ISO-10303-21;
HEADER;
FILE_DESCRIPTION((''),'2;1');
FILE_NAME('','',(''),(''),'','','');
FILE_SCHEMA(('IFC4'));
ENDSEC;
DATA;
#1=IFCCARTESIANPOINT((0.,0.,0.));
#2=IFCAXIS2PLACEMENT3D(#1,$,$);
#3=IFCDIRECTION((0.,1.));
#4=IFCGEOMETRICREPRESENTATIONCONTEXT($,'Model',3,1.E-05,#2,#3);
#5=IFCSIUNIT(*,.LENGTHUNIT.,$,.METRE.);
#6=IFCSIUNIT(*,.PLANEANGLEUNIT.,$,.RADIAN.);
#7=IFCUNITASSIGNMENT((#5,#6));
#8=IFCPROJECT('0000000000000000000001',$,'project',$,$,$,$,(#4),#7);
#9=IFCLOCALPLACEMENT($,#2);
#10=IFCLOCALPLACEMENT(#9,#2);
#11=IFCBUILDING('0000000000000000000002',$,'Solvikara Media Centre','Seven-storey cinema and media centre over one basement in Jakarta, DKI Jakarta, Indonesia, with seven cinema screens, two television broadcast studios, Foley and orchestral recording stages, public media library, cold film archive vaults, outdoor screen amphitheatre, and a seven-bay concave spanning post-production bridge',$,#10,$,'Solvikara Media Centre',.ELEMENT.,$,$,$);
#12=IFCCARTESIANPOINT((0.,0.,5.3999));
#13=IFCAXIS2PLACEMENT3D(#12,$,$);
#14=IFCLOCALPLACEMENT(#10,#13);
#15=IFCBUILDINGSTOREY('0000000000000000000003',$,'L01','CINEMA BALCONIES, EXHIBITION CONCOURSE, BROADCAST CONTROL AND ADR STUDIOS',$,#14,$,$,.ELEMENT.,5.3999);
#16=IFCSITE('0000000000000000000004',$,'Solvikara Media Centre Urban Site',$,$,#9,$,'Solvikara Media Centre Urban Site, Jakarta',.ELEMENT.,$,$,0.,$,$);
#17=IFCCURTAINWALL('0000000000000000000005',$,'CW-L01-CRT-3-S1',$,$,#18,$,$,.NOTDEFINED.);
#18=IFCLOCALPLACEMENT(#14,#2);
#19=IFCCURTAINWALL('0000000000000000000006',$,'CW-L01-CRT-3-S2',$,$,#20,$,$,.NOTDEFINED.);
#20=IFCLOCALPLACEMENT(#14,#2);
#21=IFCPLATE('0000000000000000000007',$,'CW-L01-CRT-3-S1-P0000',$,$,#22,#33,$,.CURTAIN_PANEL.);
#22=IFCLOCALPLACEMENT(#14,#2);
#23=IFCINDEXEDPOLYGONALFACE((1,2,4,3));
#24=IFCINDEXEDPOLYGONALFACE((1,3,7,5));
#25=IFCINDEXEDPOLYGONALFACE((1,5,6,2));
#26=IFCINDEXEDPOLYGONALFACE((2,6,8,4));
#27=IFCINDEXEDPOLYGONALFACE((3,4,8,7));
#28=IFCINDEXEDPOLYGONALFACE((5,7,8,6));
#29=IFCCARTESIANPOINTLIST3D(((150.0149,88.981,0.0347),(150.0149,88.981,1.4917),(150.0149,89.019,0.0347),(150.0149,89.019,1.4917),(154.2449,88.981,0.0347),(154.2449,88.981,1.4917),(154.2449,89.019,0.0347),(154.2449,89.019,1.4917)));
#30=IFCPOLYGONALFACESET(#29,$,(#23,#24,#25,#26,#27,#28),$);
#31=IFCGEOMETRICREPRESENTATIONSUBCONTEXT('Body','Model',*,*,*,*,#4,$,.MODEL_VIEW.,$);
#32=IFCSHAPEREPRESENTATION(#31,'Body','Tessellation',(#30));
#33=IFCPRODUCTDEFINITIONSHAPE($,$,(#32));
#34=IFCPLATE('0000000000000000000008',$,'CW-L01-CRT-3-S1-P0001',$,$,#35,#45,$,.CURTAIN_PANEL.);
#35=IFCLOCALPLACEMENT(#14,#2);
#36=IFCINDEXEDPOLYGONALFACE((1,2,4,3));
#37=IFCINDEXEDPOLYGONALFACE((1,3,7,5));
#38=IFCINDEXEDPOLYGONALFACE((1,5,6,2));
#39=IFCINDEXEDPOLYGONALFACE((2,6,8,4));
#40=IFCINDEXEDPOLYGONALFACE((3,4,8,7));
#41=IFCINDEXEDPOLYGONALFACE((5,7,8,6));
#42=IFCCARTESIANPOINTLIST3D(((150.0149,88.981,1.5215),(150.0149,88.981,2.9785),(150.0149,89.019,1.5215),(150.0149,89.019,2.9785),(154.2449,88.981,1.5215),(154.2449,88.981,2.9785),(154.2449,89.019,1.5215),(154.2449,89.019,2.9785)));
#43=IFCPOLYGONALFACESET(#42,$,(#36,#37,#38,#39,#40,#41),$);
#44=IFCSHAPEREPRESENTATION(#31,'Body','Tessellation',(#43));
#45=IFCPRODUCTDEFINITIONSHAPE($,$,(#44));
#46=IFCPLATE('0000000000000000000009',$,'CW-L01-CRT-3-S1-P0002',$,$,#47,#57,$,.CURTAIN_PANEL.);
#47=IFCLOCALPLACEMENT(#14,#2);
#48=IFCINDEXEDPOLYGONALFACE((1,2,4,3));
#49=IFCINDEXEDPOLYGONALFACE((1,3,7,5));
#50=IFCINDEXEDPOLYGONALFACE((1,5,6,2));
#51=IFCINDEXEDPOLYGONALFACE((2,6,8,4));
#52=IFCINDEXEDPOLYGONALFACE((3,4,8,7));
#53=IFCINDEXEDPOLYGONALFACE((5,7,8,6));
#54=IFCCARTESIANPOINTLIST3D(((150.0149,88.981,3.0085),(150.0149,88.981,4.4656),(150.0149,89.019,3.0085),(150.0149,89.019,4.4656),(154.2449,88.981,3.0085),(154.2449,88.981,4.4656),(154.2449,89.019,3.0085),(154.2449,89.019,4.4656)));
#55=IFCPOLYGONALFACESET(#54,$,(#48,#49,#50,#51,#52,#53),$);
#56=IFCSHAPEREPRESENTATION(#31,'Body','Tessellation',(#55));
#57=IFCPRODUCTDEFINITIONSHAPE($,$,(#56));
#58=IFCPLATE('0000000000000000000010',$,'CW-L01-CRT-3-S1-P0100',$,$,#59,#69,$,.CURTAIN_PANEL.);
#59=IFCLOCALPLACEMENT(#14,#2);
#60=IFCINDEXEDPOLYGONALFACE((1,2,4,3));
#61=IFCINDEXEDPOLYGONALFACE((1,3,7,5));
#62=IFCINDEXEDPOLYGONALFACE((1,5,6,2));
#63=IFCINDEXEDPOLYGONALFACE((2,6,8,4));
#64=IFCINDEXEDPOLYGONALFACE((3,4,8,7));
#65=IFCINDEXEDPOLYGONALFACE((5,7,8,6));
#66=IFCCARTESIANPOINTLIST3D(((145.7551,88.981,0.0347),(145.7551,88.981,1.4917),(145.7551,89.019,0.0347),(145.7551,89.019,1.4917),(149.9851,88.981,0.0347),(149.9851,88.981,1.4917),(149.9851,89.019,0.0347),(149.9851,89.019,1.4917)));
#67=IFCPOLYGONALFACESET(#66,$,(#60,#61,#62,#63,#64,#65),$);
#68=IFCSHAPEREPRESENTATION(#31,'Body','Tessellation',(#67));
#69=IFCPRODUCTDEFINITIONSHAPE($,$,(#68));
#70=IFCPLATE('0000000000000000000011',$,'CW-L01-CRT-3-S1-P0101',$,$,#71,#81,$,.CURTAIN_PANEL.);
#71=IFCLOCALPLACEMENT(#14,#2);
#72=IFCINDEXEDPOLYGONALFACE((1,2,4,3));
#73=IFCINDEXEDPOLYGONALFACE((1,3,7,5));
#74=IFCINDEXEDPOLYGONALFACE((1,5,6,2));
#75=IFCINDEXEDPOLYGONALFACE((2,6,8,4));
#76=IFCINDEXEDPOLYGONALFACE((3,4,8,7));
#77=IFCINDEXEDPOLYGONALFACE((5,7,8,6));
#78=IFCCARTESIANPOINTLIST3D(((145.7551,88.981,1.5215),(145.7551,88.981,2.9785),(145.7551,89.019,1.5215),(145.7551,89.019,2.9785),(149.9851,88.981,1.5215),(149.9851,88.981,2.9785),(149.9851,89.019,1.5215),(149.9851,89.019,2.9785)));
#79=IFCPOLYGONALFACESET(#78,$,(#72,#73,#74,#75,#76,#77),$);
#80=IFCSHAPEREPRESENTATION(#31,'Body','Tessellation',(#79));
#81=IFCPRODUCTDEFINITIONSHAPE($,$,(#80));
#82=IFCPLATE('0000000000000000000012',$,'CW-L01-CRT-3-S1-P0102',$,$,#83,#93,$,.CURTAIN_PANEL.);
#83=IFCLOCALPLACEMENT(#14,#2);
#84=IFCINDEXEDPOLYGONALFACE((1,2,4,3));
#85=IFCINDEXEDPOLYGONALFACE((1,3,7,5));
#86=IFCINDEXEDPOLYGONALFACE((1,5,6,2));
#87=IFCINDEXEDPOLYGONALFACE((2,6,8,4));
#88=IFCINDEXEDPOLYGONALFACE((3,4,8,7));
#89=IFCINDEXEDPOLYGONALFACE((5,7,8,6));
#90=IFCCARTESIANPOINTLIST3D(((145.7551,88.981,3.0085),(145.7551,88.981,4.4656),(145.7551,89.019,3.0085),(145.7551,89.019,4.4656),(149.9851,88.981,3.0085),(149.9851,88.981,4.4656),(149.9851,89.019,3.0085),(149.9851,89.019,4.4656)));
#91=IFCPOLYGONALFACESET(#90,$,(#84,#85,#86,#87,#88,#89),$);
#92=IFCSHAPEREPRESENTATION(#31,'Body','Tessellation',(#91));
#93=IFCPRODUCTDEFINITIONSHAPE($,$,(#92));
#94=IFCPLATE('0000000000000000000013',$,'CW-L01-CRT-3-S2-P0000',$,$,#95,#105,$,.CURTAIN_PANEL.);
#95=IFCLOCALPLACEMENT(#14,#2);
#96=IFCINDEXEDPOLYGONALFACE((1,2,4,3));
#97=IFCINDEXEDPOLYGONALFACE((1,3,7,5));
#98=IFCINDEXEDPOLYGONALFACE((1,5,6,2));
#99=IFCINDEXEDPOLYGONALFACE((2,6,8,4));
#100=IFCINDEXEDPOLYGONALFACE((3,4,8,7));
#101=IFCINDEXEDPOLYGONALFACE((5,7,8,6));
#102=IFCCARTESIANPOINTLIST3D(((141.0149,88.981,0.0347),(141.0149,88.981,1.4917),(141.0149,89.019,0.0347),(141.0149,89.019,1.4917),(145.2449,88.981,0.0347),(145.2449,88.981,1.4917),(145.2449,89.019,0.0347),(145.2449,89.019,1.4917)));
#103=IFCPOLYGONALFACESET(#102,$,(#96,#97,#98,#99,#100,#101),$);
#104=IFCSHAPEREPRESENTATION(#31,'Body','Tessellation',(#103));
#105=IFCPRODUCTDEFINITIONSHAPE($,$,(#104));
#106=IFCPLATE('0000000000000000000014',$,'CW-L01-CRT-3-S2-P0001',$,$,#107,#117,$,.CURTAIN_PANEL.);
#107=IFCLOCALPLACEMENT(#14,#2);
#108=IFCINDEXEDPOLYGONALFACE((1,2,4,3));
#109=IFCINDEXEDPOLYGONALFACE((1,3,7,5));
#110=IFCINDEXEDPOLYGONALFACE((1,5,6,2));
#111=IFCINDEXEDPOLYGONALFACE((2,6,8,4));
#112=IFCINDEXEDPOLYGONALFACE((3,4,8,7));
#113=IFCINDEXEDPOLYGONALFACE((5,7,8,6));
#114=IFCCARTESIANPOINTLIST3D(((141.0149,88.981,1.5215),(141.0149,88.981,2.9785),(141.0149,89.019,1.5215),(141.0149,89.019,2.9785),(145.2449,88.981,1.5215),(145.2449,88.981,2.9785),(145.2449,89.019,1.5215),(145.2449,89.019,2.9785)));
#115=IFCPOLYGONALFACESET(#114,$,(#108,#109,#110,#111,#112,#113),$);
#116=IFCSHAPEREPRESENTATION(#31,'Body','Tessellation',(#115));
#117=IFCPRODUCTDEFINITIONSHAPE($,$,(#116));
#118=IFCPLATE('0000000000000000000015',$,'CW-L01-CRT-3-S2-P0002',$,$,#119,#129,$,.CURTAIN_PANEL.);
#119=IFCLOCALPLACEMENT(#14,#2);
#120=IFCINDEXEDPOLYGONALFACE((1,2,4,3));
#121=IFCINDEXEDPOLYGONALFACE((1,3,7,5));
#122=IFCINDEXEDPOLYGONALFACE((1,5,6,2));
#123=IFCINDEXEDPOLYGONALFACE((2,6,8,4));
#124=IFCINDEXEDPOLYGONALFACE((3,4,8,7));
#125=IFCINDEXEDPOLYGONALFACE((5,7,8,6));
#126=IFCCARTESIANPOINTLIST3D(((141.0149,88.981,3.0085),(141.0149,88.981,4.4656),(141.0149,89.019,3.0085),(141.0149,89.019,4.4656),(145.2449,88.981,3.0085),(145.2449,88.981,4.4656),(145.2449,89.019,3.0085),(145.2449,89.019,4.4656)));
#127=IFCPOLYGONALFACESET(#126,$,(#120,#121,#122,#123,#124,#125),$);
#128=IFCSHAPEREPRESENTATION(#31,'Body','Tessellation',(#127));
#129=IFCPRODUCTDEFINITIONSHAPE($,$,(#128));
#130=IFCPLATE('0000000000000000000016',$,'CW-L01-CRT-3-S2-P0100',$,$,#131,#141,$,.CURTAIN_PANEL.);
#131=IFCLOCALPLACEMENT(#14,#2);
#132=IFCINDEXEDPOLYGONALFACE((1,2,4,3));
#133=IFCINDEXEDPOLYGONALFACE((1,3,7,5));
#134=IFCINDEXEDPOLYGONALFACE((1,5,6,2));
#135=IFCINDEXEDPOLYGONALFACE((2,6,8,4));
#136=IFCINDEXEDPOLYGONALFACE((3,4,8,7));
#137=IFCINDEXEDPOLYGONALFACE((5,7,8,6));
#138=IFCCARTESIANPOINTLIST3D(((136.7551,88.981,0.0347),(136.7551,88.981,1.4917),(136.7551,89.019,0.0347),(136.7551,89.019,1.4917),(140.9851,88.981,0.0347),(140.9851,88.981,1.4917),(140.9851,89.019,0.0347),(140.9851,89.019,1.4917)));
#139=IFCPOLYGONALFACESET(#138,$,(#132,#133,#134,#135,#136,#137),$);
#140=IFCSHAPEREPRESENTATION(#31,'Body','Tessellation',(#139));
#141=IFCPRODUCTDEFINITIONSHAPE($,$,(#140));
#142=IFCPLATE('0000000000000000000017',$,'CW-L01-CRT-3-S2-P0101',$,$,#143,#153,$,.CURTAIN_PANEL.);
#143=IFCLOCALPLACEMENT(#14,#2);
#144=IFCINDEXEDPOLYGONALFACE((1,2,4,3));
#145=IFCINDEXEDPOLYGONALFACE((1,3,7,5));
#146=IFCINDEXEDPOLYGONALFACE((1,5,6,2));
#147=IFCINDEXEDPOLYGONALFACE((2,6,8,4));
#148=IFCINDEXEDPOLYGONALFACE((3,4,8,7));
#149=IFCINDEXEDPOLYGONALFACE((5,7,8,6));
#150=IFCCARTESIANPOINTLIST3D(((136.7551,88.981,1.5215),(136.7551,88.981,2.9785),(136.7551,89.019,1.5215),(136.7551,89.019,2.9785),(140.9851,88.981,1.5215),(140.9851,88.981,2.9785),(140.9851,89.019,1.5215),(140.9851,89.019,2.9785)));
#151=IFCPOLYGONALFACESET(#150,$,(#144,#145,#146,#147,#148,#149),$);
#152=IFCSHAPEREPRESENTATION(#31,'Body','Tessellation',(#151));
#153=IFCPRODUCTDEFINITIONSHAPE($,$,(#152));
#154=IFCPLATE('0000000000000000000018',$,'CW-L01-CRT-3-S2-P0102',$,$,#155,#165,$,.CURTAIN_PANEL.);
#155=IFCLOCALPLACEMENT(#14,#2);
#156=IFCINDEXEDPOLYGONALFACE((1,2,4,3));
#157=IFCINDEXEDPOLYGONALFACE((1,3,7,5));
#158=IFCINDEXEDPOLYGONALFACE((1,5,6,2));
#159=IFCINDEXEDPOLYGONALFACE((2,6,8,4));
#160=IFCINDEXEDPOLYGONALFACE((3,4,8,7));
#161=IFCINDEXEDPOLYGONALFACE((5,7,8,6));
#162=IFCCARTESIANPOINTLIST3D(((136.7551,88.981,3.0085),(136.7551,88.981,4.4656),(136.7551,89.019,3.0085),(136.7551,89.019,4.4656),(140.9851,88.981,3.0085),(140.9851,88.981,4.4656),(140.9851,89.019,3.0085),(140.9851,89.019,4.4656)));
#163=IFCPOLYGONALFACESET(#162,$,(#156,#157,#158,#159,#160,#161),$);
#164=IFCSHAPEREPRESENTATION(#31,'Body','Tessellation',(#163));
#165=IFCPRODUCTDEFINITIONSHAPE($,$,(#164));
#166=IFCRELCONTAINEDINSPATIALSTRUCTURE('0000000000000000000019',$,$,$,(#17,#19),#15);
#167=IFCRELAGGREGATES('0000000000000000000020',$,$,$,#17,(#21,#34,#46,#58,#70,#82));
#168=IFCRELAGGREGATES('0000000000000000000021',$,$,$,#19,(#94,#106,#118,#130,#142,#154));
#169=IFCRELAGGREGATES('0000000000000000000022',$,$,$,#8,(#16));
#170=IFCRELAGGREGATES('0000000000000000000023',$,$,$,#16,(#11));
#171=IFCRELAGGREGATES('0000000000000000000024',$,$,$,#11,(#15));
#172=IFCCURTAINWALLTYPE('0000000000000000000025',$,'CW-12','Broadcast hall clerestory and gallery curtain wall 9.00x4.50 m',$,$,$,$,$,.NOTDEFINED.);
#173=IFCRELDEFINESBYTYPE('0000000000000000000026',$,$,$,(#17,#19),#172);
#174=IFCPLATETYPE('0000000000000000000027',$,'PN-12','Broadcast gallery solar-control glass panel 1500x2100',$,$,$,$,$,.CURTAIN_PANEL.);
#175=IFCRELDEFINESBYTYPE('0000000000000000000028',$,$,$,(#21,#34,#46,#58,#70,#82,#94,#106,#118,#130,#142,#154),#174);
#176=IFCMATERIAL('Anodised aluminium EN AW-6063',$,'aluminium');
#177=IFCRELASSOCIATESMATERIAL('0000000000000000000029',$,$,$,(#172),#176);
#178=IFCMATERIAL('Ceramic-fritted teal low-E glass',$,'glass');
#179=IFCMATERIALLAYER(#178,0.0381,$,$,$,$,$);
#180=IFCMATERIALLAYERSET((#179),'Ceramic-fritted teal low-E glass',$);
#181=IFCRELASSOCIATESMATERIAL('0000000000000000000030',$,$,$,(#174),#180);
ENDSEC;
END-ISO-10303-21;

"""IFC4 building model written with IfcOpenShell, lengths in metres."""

from ifc_helpers import new_model, si_unit, direction, frame, origin, origin_2d, place, context, subcontext, project, spatial, rectangle, extrude, material, layer, layer_set, type_object, element, aggregate, save


model = new_model("IFC4")

# Units and contexts
model_context = context("Model", 3, precision=1e-05, world=origin(), true_north=direction((0.0, 1.0)))
body_context = subcontext(model_context, "Body", "Model", "MODEL_VIEW")
ifc_project = project(units=[si_unit("LENGTHUNIT", "METRE"), si_unit("PLANEANGLEUNIT", "RADIAN")], contexts=[model_context])

# Site, building, storey
site_placement = place(None, origin())
site = spatial("IfcSite", under=ifc_project, at=site_placement, Name="Solvikara Media Centre Urban Site", LongName="Solvikara Media Centre Urban Site, Jakarta", CompositionType="ELEMENT", RefElevation=0.0)
building_placement = place(site_placement, origin())
building = spatial("IfcBuilding", under=site, at=building_placement, Name="Solvikara Media Centre", Description="Seven-storey cinema and media centre over one basement in Jakarta, DKI Jakarta, Indonesia, with seven cinema screens, two television broadcast studios, Foley and orchestral recording stages, public media library, cold film archive vaults, outdoor screen amphitheatre, and a seven-bay concave spanning post-production bridge", LongName="Solvikara Media Centre", CompositionType="ELEMENT")
storey_placement = place(building_placement, frame((0.0, 0.0, 5.3999)))
storey = spatial("IfcBuildingStorey", under=building, at=storey_placement, Name="L01", Description="CINEMA BALCONIES, EXHIBITION CONCOURSE, BROADCAST CONTROL AND ADR STUDIOS", CompositionType="ELEMENT", Elevation=5.3999)

# Curtain walls
ifc_material_1 = material(Name="Anodised aluminium EN AW-6063", Category="aluminium")
curtain_wall_type = type_object("IfcCurtainWallType", Name="CW-12", Description="Broadcast hall clerestory and gallery curtain wall 9.00x4.50 m", PredefinedType="NOTDEFINED", material=ifc_material_1)
curtain_wall_1_placement = place(storey_placement, origin())
curtain_wall_1 = element("IfcCurtainWall", 1, at=curtain_wall_1_placement, inside=storey, type_object=curtain_wall_type, Name="CW-L01-CRT-3-S1", PredefinedType="NOTDEFINED")
curtain_wall_2_placement = place(storey_placement, origin())
curtain_wall_2 = element("IfcCurtainWall", 2, at=curtain_wall_2_placement, inside=storey, type_object=curtain_wall_type, Name="CW-L01-CRT-3-S2", PredefinedType="NOTDEFINED")

# Plates
ifc_material_2 = material(Name="Ceramic-fritted teal low-E glass", Category="glass")
ifc_layer = layer(ifc_material_2, 0.0381)
ifc_layer_set = layer_set([ifc_layer], Name="Ceramic-fritted teal low-E glass")
plate_type = type_object("IfcPlateType", Name="PN-12", Description="Broadcast gallery solar-control glass panel 1500x2100", PredefinedType="CURTAIN_PANEL", material=ifc_layer_set)
plate_1_placement = place(storey_placement, frame((152.1299, 89.0, 0.0347), z_axis=(0.0, 0.0, 1.0), x_axis=(-1.0, 0.0, 0.0)))
plate_1 = element("IfcPlate", 3, at=plate_1_placement, type_object=plate_type, Name="CW-L01-CRT-3-S1-P0000", PredefinedType="CURTAIN_PANEL", context=body_context, shape_type="SweptSolid", body=[
    extrude(rectangle(XDim=4.23, YDim=0.0381, at=origin_2d()), origin(), (0.0, 0.0, 1.0), 1.457),
])
plate_2_placement = place(storey_placement, frame((152.1299, 89.0, 1.5215), z_axis=(0.0, 0.0, 1.0), x_axis=(-1.0, 0.0, 0.0)))
plate_2 = element("IfcPlate", 4, at=plate_2_placement, type_object=plate_type, Name="CW-L01-CRT-3-S1-P0001", PredefinedType="CURTAIN_PANEL", context=body_context, shape_type="SweptSolid", body=[
    extrude(rectangle(XDim=4.23, YDim=0.0381, at=origin_2d()), origin(), (0.0, 0.0, 1.0), 1.457),
])
plate_3_placement = place(storey_placement, frame((152.1299, 89.0, 3.0085), z_axis=(0.0, 0.0, 1.0), x_axis=(-1.0, 0.0, 0.0)))
plate_3 = element("IfcPlate", 5, at=plate_3_placement, type_object=plate_type, Name="CW-L01-CRT-3-S1-P0002", PredefinedType="CURTAIN_PANEL", context=body_context, shape_type="SweptSolid", body=[
    extrude(rectangle(XDim=4.23, YDim=0.0381, at=origin_2d()), origin(), (0.0, 0.0, 1.0), 1.457),
])
plate_4_placement = place(storey_placement, frame((147.8701, 89.0, 0.0347), z_axis=(0.0, 0.0, 1.0), x_axis=(-1.0, 0.0, 0.0)))
plate_4 = element("IfcPlate", 6, at=plate_4_placement, type_object=plate_type, Name="CW-L01-CRT-3-S1-P0100", PredefinedType="CURTAIN_PANEL", context=body_context, shape_type="SweptSolid", body=[
    extrude(rectangle(XDim=4.23, YDim=0.0381, at=origin_2d()), origin(), (0.0, 0.0, 1.0), 1.457),
])
plate_5_placement = place(storey_placement, frame((147.8701, 89.0, 1.5215), z_axis=(0.0, 0.0, 1.0), x_axis=(-1.0, 0.0, 0.0)))
plate_5 = element("IfcPlate", 7, at=plate_5_placement, type_object=plate_type, Name="CW-L01-CRT-3-S1-P0101", PredefinedType="CURTAIN_PANEL", context=body_context, shape_type="SweptSolid", body=[
    extrude(rectangle(XDim=4.23, YDim=0.0381, at=origin_2d()), origin(), (0.0, 0.0, 1.0), 1.457),
])
plate_6_placement = place(storey_placement, frame((147.8701, 89.0, 3.0085), z_axis=(0.0, 0.0, 1.0), x_axis=(-1.0, 0.0, 0.0)))
plate_6 = element("IfcPlate", 8, at=plate_6_placement, type_object=plate_type, Name="CW-L01-CRT-3-S1-P0102", PredefinedType="CURTAIN_PANEL", context=body_context, shape_type="SweptSolid", body=[
    extrude(rectangle(XDim=4.23, YDim=0.0381, at=origin_2d()), origin(), (0.0, 0.0, 1.0), 1.457),
])
aggregate(curtain_wall_1, [plate_1, plate_2, plate_3, plate_4, plate_5, plate_6])
plate_7_placement = place(storey_placement, frame((143.1299, 89.0, 0.0347), z_axis=(0.0, 0.0, 1.0), x_axis=(-1.0, 0.0, 0.0)))
plate_7 = element("IfcPlate", 9, at=plate_7_placement, type_object=plate_type, Name="CW-L01-CRT-3-S2-P0000", PredefinedType="CURTAIN_PANEL", context=body_context, shape_type="SweptSolid", body=[
    extrude(rectangle(XDim=4.23, YDim=0.0381, at=origin_2d()), origin(), (0.0, 0.0, 1.0), 1.457),
])
plate_8_placement = place(storey_placement, frame((143.1299, 89.0, 1.5215), z_axis=(0.0, 0.0, 1.0), x_axis=(-1.0, 0.0, 0.0)))
plate_8 = element("IfcPlate", 10, at=plate_8_placement, type_object=plate_type, Name="CW-L01-CRT-3-S2-P0001", PredefinedType="CURTAIN_PANEL", context=body_context, shape_type="SweptSolid", body=[
    extrude(rectangle(XDim=4.23, YDim=0.0381, at=origin_2d()), origin(), (0.0, 0.0, 1.0), 1.457),
])
plate_9_placement = place(storey_placement, frame((143.1299, 89.0, 3.0085), z_axis=(0.0, 0.0, 1.0), x_axis=(-1.0, 0.0, 0.0)))
plate_9 = element("IfcPlate", 11, at=plate_9_placement, type_object=plate_type, Name="CW-L01-CRT-3-S2-P0002", PredefinedType="CURTAIN_PANEL", context=body_context, shape_type="SweptSolid", body=[
    extrude(rectangle(XDim=4.23, YDim=0.0381, at=origin_2d()), origin(), (0.0, 0.0, 1.0), 1.457),
])
plate_10_placement = place(storey_placement, frame((138.8701, 89.0, 0.0347), z_axis=(0.0, 0.0, 1.0), x_axis=(-1.0, 0.0, 0.0)))
plate_10 = element("IfcPlate", 12, at=plate_10_placement, type_object=plate_type, Name="CW-L01-CRT-3-S2-P0100", PredefinedType="CURTAIN_PANEL", context=body_context, shape_type="SweptSolid", body=[
    extrude(rectangle(XDim=4.23, YDim=0.0381, at=origin_2d()), origin(), (0.0, 0.0, 1.0), 1.457),
])
plate_11_placement = place(storey_placement, frame((138.8701, 89.0, 1.5215), z_axis=(0.0, 0.0, 1.0), x_axis=(-1.0, 0.0, 0.0)))
plate_11 = element("IfcPlate", 13, at=plate_11_placement, type_object=plate_type, Name="CW-L01-CRT-3-S2-P0101", PredefinedType="CURTAIN_PANEL", context=body_context, shape_type="SweptSolid", body=[
    extrude(rectangle(XDim=4.23, YDim=0.0381, at=origin_2d()), origin(), (0.0, 0.0, 1.0), 1.457),
])
plate_12_placement = place(storey_placement, frame((138.8701, 89.0, 3.0085), z_axis=(0.0, 0.0, 1.0), x_axis=(-1.0, 0.0, 0.0)))
plate_12 = element("IfcPlate", 14, at=plate_12_placement, type_object=plate_type, Name="CW-L01-CRT-3-S2-P0102", PredefinedType="CURTAIN_PANEL", context=body_context, shape_type="SweptSolid", body=[
    extrude(rectangle(XDim=4.23, YDim=0.0381, at=origin_2d()), origin(), (0.0, 0.0, 1.0), 1.457),
])
aggregate(curtain_wall_2, [plate_7, plate_8, plate_9, plate_10, plate_11, plate_12])

save(model, "model.ifc")
